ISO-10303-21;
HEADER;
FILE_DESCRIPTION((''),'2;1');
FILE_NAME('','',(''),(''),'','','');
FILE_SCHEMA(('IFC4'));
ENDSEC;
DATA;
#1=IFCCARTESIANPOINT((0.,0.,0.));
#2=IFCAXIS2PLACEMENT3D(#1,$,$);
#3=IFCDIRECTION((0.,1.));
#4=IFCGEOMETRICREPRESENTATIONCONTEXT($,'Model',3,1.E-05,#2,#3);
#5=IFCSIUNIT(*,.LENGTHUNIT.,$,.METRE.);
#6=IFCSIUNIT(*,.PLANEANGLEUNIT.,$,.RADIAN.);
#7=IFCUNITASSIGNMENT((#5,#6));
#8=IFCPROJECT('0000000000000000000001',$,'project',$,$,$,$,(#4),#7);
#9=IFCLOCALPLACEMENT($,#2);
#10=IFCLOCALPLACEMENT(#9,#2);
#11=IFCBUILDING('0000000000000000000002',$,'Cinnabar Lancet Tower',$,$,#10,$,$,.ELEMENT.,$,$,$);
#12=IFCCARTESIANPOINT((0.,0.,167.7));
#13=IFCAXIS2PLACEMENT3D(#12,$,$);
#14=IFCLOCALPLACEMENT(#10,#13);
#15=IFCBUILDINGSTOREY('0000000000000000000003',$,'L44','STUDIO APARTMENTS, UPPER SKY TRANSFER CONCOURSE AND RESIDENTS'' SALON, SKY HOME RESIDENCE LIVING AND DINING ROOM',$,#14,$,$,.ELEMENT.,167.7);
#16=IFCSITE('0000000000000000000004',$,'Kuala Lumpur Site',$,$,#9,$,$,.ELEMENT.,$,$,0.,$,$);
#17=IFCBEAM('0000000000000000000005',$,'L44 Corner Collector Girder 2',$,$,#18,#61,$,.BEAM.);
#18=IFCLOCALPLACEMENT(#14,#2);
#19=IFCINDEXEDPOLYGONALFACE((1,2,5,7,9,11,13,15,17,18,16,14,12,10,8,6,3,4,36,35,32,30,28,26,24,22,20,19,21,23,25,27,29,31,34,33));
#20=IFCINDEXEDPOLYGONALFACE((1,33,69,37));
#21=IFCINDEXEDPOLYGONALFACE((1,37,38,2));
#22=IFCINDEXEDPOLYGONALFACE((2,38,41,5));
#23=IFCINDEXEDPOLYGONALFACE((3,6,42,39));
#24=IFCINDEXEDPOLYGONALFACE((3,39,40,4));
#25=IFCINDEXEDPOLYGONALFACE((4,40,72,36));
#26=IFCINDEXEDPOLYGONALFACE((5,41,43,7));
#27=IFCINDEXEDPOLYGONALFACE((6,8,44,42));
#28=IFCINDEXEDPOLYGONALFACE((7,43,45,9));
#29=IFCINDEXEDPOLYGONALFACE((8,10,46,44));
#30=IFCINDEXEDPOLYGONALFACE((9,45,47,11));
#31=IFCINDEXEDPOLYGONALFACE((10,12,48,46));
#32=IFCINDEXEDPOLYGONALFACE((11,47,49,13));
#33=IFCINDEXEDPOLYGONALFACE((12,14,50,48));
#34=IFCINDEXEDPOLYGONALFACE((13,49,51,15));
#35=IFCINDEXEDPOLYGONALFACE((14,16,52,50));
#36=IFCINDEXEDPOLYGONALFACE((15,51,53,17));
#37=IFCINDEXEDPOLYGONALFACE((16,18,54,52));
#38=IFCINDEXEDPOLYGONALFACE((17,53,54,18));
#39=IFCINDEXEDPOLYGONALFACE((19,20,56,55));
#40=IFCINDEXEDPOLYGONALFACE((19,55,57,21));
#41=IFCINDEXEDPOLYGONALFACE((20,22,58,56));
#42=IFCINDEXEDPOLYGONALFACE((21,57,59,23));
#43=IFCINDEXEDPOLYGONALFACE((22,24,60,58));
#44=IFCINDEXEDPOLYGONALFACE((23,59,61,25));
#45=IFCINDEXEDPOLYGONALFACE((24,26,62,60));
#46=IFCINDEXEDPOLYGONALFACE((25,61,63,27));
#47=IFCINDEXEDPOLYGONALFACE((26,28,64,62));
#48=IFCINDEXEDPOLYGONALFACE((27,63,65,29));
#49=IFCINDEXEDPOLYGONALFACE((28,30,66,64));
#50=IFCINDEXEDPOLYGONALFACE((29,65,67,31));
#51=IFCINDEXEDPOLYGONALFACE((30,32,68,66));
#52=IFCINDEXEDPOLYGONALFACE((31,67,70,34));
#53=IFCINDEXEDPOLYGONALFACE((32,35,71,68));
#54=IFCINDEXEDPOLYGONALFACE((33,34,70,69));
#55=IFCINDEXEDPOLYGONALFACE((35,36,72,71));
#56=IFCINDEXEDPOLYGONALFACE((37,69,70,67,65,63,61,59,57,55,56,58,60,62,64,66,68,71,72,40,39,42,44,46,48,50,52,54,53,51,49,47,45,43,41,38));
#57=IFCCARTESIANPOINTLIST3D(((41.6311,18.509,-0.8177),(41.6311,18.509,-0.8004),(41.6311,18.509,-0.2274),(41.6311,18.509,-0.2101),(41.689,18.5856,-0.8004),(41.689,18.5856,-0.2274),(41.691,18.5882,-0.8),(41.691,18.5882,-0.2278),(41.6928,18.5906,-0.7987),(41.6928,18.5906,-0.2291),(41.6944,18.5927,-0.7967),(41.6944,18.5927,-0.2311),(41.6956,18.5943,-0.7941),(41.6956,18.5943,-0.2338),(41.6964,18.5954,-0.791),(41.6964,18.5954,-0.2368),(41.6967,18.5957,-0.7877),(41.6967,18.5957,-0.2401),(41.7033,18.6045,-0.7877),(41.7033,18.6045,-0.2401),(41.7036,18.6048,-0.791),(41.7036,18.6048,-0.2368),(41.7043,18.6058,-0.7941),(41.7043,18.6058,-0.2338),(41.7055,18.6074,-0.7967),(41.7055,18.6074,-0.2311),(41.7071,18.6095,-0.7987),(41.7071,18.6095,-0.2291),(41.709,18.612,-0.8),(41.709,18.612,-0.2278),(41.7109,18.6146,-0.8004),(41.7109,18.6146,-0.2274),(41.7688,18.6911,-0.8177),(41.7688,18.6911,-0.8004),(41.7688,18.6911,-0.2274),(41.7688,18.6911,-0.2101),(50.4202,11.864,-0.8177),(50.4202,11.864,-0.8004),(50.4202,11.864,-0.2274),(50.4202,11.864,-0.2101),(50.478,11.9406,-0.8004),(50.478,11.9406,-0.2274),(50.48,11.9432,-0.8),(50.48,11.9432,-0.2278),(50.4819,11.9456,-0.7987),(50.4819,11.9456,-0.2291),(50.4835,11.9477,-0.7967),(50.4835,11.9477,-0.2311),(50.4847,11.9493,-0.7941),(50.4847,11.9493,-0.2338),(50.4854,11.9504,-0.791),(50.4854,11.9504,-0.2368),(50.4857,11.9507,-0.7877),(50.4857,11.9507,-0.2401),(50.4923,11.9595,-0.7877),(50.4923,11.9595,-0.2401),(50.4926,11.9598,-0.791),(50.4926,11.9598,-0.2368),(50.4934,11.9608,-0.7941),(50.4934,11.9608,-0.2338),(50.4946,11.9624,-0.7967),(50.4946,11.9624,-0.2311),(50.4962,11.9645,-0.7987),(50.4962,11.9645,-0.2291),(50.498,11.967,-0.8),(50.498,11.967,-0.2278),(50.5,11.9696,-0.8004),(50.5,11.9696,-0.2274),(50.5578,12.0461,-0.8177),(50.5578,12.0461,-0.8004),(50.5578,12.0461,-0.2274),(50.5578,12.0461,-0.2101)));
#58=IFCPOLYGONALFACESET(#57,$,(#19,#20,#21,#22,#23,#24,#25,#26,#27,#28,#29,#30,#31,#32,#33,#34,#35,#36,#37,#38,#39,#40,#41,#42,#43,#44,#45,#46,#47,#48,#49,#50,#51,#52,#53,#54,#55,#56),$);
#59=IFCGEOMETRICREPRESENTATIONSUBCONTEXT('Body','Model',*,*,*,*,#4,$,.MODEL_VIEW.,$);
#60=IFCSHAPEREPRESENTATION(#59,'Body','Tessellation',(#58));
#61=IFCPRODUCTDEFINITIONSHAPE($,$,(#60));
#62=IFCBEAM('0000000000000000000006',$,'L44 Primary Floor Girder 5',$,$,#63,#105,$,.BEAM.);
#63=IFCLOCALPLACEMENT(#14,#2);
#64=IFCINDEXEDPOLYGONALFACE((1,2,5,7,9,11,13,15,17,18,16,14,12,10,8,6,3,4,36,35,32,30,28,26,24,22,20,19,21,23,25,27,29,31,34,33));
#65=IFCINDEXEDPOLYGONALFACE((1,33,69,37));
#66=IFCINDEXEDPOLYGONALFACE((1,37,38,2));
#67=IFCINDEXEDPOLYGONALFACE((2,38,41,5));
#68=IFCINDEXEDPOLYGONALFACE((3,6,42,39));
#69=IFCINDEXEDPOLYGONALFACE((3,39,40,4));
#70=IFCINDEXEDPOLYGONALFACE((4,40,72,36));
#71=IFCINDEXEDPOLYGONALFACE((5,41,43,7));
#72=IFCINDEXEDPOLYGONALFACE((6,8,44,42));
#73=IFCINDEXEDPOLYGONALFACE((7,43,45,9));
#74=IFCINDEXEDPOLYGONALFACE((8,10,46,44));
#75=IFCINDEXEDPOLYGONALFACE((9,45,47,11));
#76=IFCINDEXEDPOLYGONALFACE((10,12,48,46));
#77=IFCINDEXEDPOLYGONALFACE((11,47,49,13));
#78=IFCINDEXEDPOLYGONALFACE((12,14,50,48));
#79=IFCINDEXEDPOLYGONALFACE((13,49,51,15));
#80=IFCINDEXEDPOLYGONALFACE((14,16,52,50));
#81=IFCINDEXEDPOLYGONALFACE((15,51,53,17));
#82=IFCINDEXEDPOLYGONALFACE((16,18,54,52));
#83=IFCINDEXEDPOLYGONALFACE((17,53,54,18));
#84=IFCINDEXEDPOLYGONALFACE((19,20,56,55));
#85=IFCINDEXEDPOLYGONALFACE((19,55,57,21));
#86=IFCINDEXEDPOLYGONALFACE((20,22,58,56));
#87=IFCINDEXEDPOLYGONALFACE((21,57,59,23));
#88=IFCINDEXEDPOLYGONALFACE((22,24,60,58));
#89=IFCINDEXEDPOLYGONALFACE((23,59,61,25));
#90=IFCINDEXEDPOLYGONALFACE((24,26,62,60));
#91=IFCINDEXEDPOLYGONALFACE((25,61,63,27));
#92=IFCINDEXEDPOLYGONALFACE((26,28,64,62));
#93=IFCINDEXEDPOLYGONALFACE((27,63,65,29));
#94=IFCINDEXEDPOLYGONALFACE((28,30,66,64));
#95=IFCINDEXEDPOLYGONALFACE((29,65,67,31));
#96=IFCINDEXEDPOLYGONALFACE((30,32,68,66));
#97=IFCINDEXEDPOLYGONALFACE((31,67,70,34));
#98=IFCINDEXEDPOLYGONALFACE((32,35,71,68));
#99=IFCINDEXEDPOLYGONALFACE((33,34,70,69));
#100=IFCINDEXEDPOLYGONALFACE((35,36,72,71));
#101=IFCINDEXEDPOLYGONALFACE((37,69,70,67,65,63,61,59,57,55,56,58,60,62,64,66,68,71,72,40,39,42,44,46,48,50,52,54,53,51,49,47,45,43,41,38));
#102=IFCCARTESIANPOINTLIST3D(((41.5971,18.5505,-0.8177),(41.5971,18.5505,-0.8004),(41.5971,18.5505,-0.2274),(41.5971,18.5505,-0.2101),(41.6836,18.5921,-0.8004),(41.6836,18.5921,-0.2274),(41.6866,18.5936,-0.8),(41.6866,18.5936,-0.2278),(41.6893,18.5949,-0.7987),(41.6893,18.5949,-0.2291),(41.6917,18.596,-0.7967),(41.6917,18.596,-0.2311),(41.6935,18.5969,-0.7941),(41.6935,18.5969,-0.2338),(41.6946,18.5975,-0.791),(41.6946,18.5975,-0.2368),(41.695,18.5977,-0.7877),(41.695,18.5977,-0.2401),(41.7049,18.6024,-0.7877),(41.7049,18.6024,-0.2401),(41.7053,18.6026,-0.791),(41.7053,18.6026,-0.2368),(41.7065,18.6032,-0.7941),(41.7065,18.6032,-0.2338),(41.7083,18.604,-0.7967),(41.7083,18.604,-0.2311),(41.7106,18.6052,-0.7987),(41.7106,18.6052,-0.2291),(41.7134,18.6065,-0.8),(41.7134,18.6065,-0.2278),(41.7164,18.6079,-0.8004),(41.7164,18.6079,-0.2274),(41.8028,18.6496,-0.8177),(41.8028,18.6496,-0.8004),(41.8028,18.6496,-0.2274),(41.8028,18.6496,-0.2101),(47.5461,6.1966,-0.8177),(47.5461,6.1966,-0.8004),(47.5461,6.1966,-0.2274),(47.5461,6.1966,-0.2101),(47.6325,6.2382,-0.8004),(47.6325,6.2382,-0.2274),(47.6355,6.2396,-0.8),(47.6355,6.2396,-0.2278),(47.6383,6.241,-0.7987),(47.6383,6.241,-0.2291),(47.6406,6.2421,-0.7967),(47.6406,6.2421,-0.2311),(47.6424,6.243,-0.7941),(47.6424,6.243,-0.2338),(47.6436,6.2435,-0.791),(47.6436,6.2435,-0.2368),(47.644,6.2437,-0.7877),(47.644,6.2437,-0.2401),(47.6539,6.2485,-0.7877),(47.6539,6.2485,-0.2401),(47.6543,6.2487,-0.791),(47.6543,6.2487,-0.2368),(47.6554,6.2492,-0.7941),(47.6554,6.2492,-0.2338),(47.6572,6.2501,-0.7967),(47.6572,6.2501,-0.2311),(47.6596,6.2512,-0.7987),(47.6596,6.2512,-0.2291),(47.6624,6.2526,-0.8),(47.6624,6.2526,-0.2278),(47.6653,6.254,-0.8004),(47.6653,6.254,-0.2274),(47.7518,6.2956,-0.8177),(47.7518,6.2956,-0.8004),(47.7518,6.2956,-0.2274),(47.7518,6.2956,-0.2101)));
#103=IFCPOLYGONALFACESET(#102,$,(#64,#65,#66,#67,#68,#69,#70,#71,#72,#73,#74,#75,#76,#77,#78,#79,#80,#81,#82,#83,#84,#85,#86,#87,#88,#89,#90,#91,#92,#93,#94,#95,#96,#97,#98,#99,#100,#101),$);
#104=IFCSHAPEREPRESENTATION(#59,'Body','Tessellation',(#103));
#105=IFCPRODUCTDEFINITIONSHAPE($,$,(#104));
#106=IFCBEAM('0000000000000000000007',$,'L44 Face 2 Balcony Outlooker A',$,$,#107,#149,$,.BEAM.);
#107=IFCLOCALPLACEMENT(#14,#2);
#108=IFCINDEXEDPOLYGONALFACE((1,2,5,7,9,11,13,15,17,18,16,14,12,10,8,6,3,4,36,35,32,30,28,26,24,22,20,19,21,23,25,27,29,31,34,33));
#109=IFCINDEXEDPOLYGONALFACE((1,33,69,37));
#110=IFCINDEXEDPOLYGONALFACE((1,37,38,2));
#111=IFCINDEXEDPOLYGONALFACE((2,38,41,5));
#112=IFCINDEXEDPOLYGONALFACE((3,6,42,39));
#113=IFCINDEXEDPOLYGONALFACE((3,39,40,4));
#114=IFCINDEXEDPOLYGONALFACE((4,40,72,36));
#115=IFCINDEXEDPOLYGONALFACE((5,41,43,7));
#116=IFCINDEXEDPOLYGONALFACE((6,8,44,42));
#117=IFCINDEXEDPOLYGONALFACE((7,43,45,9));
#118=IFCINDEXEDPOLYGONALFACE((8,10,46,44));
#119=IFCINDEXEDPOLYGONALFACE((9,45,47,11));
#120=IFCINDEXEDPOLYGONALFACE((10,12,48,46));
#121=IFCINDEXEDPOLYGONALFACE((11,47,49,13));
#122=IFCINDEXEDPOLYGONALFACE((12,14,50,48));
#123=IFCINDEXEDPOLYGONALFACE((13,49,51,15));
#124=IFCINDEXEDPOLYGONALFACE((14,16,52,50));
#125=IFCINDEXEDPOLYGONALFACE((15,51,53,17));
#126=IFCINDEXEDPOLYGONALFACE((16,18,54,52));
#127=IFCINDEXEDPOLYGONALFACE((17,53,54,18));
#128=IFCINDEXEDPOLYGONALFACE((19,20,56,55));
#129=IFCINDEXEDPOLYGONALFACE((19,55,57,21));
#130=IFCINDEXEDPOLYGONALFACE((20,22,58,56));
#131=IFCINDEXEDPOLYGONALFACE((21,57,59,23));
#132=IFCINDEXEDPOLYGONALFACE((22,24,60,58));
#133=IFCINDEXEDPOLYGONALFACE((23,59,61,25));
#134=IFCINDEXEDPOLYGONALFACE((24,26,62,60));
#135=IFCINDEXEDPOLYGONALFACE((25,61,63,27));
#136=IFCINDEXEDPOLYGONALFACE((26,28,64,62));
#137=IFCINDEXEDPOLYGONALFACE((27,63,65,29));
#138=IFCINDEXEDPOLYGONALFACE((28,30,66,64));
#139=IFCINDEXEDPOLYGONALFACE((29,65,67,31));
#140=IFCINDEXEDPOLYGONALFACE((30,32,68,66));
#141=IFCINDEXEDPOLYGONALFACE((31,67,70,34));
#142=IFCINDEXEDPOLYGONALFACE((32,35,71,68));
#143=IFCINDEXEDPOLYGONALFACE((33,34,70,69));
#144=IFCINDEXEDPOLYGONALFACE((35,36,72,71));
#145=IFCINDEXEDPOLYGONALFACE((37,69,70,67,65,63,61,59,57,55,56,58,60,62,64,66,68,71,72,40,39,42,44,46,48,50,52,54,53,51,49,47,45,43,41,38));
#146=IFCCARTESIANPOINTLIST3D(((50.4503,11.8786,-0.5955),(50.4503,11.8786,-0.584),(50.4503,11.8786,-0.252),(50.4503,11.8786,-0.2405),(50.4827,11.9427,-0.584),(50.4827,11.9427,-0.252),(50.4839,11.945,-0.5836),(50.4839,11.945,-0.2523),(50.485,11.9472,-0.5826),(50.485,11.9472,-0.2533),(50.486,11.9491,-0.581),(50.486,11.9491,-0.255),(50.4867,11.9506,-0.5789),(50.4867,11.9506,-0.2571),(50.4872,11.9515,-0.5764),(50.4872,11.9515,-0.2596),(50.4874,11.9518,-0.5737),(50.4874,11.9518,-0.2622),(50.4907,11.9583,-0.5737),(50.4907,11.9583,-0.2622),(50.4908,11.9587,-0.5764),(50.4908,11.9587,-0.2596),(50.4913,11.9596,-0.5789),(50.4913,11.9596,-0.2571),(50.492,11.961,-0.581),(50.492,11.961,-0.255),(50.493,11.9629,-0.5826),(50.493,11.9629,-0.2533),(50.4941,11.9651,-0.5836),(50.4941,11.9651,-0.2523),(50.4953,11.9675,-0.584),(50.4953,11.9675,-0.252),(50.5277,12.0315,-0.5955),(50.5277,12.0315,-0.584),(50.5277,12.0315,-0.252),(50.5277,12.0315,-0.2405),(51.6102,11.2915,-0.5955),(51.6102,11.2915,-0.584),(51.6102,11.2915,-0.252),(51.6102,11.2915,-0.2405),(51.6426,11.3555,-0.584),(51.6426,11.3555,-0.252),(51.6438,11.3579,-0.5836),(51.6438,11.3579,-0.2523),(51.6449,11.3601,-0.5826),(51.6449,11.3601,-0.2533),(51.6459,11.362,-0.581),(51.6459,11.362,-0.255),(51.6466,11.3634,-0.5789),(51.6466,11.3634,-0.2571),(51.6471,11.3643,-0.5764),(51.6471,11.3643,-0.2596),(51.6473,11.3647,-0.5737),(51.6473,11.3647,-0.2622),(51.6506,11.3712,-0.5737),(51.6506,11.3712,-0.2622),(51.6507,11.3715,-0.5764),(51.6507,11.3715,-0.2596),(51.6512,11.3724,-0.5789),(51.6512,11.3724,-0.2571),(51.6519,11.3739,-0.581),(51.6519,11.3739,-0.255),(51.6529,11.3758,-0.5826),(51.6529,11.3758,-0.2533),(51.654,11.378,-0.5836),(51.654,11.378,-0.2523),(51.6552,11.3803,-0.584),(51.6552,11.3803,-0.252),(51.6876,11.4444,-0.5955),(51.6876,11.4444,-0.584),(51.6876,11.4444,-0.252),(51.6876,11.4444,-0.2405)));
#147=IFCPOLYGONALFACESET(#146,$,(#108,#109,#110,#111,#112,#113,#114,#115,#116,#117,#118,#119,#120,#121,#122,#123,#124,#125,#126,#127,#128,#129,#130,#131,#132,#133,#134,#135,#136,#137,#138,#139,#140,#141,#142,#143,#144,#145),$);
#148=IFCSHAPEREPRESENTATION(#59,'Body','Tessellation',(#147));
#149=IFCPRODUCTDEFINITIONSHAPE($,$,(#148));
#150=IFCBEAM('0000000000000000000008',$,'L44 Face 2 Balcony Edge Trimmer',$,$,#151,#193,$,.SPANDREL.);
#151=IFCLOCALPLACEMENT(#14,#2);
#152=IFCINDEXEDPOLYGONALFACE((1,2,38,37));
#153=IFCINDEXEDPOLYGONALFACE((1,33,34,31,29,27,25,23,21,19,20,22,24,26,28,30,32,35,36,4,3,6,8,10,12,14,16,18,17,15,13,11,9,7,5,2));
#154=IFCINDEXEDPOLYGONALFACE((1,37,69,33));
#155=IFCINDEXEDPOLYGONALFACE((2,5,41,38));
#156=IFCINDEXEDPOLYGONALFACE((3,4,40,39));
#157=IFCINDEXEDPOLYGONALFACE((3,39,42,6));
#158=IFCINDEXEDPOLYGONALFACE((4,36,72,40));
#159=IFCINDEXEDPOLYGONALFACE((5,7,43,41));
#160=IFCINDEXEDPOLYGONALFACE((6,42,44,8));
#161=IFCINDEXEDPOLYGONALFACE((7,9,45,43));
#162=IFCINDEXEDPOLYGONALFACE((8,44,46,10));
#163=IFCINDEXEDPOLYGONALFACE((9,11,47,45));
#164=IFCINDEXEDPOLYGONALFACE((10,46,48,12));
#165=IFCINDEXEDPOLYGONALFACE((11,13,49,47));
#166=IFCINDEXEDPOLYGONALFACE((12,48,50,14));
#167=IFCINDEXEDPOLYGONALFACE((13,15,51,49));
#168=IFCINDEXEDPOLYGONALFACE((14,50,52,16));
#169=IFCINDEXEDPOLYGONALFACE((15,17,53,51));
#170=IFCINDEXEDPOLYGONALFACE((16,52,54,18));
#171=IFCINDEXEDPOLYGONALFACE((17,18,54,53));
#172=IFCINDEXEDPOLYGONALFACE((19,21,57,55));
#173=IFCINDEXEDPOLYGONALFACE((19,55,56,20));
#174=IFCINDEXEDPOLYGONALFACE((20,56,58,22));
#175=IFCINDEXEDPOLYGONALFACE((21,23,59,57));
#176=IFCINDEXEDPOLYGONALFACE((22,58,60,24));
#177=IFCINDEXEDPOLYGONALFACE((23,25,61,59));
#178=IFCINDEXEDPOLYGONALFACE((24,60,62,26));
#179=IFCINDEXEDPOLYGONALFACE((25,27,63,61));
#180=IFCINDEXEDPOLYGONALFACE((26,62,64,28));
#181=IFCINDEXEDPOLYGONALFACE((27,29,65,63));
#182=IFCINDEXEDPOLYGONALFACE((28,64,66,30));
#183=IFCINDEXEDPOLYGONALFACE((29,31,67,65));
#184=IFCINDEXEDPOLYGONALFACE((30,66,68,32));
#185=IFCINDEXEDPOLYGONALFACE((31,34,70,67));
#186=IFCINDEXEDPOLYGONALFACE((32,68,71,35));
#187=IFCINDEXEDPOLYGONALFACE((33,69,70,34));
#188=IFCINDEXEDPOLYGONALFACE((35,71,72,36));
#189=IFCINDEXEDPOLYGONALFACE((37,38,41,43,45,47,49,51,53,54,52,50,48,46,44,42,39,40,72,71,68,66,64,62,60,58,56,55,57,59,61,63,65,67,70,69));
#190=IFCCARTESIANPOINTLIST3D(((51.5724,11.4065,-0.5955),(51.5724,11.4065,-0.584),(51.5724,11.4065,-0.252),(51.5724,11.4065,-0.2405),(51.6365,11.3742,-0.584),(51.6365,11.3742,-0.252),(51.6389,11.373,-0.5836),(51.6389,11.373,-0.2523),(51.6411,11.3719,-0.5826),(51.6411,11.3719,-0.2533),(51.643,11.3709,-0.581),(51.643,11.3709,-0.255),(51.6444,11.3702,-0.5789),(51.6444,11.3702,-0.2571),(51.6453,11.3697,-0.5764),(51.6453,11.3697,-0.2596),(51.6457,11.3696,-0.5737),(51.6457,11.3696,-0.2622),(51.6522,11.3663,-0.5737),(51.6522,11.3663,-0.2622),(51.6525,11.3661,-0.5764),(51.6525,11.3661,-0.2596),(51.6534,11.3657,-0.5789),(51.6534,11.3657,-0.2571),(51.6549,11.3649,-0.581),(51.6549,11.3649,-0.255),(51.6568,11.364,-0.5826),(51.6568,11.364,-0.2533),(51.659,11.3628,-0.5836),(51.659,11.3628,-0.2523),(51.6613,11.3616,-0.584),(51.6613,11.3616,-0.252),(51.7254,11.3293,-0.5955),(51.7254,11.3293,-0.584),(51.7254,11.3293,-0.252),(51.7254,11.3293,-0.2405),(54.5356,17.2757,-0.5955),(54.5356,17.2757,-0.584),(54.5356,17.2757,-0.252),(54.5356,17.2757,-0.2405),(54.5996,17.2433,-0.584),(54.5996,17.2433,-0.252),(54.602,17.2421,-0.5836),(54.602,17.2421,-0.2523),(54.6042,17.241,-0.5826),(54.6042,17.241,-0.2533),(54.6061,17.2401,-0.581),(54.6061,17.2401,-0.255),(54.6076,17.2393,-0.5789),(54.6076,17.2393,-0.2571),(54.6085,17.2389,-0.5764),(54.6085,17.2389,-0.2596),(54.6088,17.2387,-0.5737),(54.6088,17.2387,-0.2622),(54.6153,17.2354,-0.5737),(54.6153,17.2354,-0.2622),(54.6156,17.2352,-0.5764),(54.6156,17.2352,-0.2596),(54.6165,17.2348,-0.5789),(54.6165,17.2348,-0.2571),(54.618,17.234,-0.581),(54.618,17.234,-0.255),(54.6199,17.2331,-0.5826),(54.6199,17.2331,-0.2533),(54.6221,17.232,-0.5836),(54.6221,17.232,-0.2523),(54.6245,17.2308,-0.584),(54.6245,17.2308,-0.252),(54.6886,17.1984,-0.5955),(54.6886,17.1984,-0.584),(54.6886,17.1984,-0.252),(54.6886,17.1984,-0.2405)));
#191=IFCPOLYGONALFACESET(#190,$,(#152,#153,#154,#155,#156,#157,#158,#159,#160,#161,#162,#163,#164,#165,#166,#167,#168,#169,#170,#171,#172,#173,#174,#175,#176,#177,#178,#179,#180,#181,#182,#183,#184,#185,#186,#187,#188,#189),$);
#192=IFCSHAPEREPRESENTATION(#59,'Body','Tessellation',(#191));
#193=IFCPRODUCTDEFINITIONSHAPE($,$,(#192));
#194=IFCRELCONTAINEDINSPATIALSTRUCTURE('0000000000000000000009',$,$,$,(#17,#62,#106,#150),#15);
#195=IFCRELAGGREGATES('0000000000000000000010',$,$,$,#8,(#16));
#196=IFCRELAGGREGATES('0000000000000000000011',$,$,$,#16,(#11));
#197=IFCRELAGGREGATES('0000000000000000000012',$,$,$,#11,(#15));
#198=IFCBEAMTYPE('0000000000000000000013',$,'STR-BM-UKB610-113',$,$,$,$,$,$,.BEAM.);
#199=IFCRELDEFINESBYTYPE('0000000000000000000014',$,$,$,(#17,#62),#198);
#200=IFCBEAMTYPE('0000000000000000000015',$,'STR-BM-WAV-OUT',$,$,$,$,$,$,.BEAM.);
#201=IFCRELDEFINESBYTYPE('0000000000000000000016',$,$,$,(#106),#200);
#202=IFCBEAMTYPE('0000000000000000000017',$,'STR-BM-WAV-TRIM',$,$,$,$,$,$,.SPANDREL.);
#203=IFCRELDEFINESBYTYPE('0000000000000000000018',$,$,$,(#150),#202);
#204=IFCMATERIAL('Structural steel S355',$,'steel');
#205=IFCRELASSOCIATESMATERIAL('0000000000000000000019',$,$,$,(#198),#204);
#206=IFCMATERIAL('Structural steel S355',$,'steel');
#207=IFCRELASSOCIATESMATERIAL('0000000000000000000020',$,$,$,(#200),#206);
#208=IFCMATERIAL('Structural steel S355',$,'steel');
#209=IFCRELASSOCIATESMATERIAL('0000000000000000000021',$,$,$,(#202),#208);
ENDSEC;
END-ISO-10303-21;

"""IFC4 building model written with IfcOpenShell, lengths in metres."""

from ifc_helpers import new_model, si_unit, direction, frame, origin, origin_2d, place, context, subcontext, project, spatial, i_section, extrude, material, material_profile, profile_set, type_object, element, save


model = new_model("IFC4")

# Units and contexts
model_context = context("Model", 3, precision=1e-05, world=origin(), true_north=direction((0.0, 1.0)))
body_context = subcontext(model_context, "Body", "Model", "MODEL_VIEW")
ifc_project = project(units=[si_unit("LENGTHUNIT", "METRE"), si_unit("PLANEANGLEUNIT", "RADIAN")], contexts=[model_context])

# Site, building, storey
site_placement = place(None, origin())
site = spatial("IfcSite", under=ifc_project, at=site_placement, Name="Kuala Lumpur Site", CompositionType="ELEMENT", RefElevation=0.0)
building_placement = place(site_placement, origin())
building = spatial("IfcBuilding", under=site, at=building_placement, Name="Cinnabar Lancet Tower", CompositionType="ELEMENT")
storey_placement = place(building_placement, frame((0.0, 0.0, 167.7)))
storey = spatial("IfcBuildingStorey", under=building, at=storey_placement, Name="L44", Description="STUDIO APARTMENTS, UPPER SKY TRANSFER CONCOURSE AND RESIDENTS' SALON, SKY HOME RESIDENCE LIVING AND DINING ROOM", CompositionType="ELEMENT", Elevation=167.7)

# Beams
ifc_material_1 = material(Name="Structural steel S355", Category="steel")
ifc_material_profile_1 = material_profile(ifc_material_1, i_section(OverallWidth=0.2283, OverallDepth=0.6077, WebThickness=0.011, FlangeThickness=0.0173, FilletRadius=0.0127, at=origin_2d()), Name="UKB 610x229x113")
ifc_profile_set_1 = profile_set([ifc_material_profile_1], Name="Structural steel S355")
beam_type_1 = type_object("IfcBeamType", Name="STR-BM-UKB610-113", PredefinedType="BEAM", material=ifc_profile_set_1)
beam_1_placement = place(storey_placement, frame((50.489, 11.9551, -0.5139), z_axis=(-0.797675, 0.603087, 0.0), x_axis=(-0.603087, -0.797675, 0.0)))
element("IfcBeam", 1, at=beam_1_placement, inside=storey, type_object=beam_type_1, Name="L44 Corner Collector Girder 2", PredefinedType="BEAM", context=body_context, shape_type="SweptSolid", body=[
    extrude(i_section(OverallWidth=0.2283, OverallDepth=0.6077, WebThickness=0.011, FlangeThickness=0.0173, FilletRadius=0.0127, at=origin_2d()), origin(), (0.0, 0.0, 1.0), 11.0183),
])
beam_2_placement = place(storey_placement, frame((47.6489, 6.2461, -0.5139), z_axis=(-0.43386, 0.90098, 0.0), x_axis=(-0.90098, -0.43386, 0.0)))
element("IfcBeam", 2, at=beam_2_placement, inside=storey, type_object=beam_type_1, Name="L44 Primary Floor Girder 5", PredefinedType="BEAM", context=body_context, shape_type="SweptSolid", body=[
    extrude(i_section(OverallWidth=0.2283, OverallDepth=0.6077, WebThickness=0.011, FlangeThickness=0.0173, FilletRadius=0.0127, at=origin_2d()), origin(), (0.0, 0.0, 1.0), 13.7117),
])
ifc_material_2 = material(Name="Structural steel S355", Category="steel")
ifc_material_profile_2 = material_profile(ifc_material_2, i_section(OverallWidth=0.1714, OverallDepth=0.355, WebThickness=0.0073, FlangeThickness=0.0115, FilletRadius=0.0103, at=origin_2d()), Name="UKB 356x171x51")
ifc_profile_set_2 = profile_set([ifc_material_profile_2], Name="Structural steel S355")
beam_type_2 = type_object("IfcBeamType", Name="STR-BM-WAV-OUT", PredefinedType="BEAM", material=ifc_profile_set_2)
beam_3_placement = place(storey_placement, frame((50.489, 11.9551, -0.418), z_axis=(0.8922, -0.45164, 0.0), x_axis=(0.45164, 0.8922, 0.0)))
element("IfcBeam", 3, at=beam_3_placement, inside=storey, type_object=beam_type_2, Name="L44 Face 2 Balcony Outlooker A", PredefinedType="BEAM", context=body_context, shape_type="SweptSolid", body=[
    extrude(i_section(OverallWidth=0.1714, OverallDepth=0.355, WebThickness=0.0073, FlangeThickness=0.0115, FilletRadius=0.0103, at=origin_2d()), origin(), (0.0, 0.0, 1.0), 1.3),
])
ifc_material_3 = material(Name="Structural steel S355", Category="steel")
ifc_material_profile_3 = material_profile(ifc_material_3, i_section(OverallWidth=0.1714, OverallDepth=0.355, WebThickness=0.0073, FlangeThickness=0.0115, FilletRadius=0.0103, at=origin_2d()), Name="UKB 356x171x51")
ifc_profile_set_3 = profile_set([ifc_material_profile_3], Name="Structural steel S355")
beam_type_3 = type_object("IfcBeamType", Name="STR-BM-WAV-TRIM", PredefinedType="SPANDREL", material=ifc_profile_set_3)
beam_4_placement = place(storey_placement, frame((51.6489, 11.3679, -0.418), z_axis=(0.450686, 0.892683, 0.0), x_axis=(-0.892683, 0.450686, 0.0)))
element("IfcBeam", 4, at=beam_4_placement, inside=storey, type_object=beam_type_3, Name="L44 Face 2 Balcony Edge Trimmer", PredefinedType="SPANDREL", context=body_context, shape_type="SweptSolid", body=[
    extrude(i_section(OverallWidth=0.1714, OverallDepth=0.355, WebThickness=0.0073, FlangeThickness=0.0115, FilletRadius=0.0103, at=origin_2d()), origin(), (0.0, 0.0, 1.0), 6.5747),
])

save(model, "model.ifc")
